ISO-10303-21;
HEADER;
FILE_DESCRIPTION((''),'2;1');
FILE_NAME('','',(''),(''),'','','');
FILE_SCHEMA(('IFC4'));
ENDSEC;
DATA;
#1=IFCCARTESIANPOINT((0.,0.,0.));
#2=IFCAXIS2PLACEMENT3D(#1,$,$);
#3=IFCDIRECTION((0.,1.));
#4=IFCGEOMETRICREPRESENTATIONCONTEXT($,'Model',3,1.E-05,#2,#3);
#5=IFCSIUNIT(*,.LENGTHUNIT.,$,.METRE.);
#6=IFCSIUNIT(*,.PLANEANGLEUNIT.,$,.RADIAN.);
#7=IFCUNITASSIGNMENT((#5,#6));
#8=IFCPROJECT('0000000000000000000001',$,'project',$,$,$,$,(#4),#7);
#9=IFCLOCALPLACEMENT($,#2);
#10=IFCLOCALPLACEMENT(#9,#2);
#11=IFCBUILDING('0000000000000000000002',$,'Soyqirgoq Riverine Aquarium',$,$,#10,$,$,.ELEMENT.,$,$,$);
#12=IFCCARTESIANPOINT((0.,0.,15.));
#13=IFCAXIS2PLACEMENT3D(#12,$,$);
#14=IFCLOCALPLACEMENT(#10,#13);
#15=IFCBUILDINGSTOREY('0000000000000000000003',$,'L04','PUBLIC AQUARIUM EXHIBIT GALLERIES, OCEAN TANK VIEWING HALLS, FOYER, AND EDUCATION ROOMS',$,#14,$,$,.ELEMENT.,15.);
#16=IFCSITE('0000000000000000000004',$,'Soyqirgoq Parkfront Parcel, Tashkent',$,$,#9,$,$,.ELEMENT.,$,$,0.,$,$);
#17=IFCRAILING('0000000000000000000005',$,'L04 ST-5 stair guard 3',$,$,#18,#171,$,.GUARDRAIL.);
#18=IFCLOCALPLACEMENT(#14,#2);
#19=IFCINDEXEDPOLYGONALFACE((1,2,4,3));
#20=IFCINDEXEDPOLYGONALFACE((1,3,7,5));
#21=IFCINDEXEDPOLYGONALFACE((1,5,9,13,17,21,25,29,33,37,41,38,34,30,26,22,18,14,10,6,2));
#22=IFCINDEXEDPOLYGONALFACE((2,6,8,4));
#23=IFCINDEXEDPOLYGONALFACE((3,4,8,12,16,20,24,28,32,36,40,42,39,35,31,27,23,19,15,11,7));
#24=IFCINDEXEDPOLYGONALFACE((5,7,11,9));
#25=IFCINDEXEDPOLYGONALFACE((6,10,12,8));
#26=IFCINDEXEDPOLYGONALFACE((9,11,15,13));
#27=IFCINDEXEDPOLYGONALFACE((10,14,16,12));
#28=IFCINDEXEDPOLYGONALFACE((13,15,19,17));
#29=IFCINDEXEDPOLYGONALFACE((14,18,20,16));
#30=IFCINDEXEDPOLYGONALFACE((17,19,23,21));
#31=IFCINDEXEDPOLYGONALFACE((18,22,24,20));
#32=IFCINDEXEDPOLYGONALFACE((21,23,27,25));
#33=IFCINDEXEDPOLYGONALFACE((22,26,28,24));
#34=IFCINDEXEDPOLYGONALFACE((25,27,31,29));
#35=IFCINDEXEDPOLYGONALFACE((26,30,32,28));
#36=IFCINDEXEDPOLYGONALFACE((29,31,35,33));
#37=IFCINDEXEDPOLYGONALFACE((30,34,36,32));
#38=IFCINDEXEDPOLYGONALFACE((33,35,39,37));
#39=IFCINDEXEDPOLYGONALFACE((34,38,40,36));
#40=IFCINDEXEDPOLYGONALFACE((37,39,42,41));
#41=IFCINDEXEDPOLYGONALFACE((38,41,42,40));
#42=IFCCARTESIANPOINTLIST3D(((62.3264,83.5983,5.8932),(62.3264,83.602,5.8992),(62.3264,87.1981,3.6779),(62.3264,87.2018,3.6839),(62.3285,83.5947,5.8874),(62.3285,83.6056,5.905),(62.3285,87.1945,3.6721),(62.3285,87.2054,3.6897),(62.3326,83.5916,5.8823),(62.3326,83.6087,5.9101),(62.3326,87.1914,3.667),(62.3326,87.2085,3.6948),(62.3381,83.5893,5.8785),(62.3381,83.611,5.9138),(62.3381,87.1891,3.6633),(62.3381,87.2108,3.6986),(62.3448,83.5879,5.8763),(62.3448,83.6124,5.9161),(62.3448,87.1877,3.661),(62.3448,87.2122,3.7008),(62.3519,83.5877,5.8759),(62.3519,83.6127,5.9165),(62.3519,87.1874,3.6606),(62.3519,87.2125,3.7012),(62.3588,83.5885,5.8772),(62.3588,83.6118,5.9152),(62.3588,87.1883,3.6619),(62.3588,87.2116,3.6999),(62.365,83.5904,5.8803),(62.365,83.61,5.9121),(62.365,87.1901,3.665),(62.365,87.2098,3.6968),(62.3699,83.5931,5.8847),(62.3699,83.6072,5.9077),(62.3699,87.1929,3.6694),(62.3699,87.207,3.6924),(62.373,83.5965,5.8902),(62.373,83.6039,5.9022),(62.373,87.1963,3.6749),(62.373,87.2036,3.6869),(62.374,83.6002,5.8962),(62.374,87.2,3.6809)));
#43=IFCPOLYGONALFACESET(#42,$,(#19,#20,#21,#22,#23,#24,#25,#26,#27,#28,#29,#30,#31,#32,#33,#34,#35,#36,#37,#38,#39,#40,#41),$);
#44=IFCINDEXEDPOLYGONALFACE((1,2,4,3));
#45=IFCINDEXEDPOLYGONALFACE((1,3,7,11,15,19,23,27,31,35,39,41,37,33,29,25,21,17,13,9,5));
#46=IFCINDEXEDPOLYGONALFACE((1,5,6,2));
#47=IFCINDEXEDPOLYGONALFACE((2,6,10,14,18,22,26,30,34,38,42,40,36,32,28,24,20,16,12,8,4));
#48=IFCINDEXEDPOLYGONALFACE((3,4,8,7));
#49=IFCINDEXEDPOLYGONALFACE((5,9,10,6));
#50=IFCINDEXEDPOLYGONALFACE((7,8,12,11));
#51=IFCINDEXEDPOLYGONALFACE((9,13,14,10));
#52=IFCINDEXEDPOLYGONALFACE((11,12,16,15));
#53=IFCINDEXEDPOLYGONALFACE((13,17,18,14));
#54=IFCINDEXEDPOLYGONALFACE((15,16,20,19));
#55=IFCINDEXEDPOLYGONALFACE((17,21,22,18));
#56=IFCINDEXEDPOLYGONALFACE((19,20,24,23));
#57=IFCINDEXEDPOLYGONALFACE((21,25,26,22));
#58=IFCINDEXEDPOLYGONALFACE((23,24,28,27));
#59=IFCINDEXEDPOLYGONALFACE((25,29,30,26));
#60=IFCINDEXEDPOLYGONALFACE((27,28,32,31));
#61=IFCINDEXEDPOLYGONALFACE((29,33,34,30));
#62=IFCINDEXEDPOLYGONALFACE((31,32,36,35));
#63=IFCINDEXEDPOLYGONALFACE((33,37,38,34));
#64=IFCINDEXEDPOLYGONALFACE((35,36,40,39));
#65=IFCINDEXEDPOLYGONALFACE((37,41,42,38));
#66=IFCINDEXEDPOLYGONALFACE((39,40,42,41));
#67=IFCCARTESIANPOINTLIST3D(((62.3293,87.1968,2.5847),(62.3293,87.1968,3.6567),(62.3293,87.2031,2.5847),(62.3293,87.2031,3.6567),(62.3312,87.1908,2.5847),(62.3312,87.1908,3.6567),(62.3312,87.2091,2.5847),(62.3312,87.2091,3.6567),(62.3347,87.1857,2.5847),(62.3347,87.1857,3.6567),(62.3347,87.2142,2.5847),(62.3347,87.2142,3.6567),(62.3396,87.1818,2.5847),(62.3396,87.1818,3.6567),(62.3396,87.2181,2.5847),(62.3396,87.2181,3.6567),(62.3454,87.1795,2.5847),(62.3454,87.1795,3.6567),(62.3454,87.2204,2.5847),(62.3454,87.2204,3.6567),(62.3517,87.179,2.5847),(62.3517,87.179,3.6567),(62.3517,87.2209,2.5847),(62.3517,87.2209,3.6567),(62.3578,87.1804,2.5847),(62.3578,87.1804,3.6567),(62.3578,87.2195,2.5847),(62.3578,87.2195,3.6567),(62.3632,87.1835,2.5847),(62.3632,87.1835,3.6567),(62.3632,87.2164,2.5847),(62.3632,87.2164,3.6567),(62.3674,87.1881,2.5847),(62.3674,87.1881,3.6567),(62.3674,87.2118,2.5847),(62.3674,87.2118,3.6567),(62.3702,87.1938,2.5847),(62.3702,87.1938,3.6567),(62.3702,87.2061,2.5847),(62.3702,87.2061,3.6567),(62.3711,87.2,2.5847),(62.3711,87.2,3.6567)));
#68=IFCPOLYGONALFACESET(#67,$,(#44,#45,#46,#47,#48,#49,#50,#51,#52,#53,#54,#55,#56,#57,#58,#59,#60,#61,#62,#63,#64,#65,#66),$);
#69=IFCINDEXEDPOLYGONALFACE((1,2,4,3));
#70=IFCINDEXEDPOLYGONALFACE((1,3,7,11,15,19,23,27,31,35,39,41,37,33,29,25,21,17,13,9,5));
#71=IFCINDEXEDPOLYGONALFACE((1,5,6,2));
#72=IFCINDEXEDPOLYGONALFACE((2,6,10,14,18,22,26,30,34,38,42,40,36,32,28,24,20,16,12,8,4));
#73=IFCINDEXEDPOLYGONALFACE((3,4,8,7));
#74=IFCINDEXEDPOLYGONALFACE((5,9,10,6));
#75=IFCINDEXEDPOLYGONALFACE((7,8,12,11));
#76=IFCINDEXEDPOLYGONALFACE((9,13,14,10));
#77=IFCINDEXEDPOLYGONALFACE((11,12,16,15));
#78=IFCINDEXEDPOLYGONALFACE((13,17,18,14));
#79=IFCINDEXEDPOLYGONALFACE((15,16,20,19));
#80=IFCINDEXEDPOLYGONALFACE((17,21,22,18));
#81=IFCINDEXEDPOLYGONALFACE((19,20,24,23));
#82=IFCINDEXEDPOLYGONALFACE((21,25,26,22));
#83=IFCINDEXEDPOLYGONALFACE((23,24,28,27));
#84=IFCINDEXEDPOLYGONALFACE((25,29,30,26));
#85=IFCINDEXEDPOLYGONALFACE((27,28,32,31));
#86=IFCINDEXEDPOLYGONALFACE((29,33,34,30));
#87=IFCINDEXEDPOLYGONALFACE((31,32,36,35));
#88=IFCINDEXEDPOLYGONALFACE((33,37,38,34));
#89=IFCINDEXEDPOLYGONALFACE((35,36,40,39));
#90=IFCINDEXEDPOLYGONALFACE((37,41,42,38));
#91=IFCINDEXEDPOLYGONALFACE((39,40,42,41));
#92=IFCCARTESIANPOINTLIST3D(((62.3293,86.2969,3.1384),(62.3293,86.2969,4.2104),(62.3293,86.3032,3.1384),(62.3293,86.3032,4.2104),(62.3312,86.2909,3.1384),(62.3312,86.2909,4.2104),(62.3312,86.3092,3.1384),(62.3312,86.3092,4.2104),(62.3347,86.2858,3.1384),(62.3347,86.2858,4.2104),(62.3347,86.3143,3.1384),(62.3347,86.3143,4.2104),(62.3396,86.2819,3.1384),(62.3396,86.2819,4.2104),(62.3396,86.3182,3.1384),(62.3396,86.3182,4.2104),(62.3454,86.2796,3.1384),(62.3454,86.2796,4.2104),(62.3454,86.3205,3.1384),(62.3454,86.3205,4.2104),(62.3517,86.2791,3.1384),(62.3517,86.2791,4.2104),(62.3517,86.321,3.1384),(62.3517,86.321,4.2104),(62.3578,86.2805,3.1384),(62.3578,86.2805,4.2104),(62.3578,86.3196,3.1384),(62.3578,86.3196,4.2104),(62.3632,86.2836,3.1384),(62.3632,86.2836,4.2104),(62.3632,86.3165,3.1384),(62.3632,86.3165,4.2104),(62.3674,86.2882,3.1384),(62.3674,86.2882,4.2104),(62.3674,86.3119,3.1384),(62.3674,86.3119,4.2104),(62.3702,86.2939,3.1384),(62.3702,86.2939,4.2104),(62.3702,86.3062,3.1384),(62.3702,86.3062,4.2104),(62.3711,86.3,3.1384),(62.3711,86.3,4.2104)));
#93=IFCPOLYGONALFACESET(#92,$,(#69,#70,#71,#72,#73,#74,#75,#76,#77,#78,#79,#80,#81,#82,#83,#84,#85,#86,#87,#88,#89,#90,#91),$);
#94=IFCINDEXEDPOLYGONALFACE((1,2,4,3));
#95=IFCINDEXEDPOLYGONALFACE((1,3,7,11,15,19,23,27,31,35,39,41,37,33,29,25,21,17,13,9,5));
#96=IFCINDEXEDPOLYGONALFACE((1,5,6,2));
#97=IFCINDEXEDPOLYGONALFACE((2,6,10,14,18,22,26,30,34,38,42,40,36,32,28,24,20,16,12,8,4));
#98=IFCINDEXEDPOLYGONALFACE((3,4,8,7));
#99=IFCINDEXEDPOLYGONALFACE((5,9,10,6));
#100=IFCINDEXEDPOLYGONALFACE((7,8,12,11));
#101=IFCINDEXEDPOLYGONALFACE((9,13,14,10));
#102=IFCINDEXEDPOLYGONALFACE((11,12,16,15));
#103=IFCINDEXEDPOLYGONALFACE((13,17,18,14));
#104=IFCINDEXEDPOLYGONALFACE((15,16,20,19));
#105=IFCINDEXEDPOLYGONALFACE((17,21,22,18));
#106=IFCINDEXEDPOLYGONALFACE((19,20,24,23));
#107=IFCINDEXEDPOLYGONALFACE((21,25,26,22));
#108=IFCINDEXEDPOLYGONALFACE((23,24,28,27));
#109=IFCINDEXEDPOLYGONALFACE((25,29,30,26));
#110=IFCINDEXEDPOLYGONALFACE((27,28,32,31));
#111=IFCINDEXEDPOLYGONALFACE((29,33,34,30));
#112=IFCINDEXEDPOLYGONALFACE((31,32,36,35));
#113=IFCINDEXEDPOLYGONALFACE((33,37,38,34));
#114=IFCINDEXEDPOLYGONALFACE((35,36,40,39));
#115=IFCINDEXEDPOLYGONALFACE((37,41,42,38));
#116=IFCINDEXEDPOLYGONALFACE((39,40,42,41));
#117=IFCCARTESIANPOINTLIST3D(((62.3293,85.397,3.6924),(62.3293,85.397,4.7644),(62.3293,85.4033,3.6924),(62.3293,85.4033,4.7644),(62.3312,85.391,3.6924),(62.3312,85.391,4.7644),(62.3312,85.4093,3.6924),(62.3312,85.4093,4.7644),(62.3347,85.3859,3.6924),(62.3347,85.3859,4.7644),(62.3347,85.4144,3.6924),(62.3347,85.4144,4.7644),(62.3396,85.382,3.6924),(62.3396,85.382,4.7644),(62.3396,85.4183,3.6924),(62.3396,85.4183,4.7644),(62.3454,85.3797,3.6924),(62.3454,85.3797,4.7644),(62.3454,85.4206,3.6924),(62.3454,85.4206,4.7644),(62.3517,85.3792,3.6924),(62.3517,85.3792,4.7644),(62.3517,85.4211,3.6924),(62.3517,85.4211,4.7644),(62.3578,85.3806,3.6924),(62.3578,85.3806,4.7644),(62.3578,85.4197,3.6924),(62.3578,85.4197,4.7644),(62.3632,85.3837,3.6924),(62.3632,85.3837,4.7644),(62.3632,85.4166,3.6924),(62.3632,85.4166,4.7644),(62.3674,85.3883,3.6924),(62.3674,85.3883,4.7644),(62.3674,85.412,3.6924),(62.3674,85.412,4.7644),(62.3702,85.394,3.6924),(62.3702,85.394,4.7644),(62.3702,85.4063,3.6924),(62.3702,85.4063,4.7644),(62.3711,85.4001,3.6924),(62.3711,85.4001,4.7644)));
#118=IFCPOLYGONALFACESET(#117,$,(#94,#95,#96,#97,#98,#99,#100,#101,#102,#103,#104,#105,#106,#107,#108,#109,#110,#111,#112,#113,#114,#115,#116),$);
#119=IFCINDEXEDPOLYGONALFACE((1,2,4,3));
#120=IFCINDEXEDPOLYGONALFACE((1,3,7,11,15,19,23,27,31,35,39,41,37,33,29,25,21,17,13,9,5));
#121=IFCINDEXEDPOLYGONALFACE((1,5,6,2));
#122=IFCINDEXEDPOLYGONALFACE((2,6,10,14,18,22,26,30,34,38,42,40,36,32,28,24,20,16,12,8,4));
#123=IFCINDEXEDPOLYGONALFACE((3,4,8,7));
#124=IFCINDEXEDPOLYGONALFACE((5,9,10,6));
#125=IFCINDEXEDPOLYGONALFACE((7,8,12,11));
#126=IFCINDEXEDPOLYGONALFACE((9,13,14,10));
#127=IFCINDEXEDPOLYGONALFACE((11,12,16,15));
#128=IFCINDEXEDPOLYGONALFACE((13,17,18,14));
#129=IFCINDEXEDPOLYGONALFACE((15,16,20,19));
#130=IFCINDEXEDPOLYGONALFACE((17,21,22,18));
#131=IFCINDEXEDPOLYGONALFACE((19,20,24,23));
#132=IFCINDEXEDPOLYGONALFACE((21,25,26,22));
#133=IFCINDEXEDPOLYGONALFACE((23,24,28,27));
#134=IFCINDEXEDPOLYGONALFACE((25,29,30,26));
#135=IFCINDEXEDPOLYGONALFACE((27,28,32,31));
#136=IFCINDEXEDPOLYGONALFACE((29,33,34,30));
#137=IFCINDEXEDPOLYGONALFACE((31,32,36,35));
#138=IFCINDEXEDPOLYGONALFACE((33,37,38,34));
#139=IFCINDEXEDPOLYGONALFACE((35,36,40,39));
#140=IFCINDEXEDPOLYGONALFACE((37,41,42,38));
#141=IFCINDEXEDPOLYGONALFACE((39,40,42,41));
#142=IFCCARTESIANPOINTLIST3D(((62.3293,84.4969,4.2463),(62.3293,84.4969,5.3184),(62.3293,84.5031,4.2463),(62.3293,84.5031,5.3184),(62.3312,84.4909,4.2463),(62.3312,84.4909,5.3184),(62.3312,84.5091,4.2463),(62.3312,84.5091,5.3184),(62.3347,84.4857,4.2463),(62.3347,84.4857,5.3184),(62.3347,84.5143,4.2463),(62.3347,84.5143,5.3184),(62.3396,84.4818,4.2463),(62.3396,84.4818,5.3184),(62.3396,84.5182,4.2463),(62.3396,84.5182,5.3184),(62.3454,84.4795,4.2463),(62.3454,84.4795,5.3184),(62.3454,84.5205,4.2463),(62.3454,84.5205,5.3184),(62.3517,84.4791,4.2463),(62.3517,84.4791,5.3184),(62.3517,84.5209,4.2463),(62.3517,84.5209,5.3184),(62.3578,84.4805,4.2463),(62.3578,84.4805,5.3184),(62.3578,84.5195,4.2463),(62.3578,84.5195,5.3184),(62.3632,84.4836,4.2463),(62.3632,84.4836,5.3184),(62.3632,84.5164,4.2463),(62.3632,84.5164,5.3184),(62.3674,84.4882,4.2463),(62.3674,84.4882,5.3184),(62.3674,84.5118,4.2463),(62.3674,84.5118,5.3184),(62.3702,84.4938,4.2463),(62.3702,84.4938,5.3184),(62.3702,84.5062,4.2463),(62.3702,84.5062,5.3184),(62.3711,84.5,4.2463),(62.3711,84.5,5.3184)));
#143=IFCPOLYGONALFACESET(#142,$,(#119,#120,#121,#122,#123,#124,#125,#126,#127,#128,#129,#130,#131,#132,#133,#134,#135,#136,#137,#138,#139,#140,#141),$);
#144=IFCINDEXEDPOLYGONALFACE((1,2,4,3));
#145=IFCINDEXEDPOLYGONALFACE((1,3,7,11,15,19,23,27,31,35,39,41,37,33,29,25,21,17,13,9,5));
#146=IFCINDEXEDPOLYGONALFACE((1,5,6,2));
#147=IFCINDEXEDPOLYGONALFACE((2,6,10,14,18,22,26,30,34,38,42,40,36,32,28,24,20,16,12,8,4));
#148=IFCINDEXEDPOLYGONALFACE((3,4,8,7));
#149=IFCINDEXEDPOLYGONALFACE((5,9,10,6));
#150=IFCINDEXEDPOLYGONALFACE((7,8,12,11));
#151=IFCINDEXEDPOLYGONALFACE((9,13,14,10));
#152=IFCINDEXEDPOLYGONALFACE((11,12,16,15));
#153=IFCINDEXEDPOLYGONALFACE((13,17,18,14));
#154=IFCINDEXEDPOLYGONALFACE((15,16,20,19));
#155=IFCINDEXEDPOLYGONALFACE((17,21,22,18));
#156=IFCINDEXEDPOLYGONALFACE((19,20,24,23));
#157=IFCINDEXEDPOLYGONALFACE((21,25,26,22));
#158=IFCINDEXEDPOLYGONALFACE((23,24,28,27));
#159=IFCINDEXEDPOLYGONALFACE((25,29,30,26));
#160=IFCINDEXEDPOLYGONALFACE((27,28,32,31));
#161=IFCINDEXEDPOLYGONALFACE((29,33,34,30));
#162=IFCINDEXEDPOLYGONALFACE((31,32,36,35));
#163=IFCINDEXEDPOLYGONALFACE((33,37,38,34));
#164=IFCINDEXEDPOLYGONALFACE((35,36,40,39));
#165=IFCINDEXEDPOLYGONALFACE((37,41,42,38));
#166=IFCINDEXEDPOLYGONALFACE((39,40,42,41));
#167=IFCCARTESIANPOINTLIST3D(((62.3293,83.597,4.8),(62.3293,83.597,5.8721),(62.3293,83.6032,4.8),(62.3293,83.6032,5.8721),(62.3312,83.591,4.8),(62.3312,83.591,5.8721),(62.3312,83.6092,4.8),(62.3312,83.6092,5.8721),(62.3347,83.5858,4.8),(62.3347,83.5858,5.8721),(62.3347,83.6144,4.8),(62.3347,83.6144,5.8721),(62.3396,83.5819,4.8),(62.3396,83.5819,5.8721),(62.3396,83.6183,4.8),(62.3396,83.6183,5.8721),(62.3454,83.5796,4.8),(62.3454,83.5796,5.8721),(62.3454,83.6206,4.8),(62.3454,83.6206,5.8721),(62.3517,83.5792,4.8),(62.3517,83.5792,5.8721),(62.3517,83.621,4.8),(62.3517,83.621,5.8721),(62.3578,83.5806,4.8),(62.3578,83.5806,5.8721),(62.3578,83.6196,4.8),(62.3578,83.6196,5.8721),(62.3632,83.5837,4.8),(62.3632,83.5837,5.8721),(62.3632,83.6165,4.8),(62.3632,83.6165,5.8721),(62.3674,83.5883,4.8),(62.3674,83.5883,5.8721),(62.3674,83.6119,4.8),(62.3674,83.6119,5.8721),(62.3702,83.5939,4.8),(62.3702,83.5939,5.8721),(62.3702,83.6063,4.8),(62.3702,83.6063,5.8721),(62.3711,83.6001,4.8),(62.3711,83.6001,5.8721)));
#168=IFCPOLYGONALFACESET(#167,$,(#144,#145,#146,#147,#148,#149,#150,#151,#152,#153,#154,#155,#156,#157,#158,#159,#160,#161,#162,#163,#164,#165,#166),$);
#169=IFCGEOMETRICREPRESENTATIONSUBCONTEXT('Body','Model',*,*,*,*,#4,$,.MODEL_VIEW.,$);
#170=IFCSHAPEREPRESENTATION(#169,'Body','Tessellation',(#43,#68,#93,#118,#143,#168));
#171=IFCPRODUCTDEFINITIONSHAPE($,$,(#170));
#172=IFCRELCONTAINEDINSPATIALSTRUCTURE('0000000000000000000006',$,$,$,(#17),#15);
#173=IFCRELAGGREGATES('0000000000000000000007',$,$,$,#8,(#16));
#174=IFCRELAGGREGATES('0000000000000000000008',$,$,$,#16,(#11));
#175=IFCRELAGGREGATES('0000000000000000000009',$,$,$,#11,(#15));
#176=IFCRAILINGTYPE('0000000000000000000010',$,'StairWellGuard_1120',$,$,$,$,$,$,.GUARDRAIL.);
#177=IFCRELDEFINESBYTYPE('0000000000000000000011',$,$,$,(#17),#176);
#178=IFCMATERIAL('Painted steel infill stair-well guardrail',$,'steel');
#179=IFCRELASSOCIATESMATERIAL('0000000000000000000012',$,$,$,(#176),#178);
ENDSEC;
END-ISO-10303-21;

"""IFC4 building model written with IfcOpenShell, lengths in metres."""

from ifc_helpers import new_model, si_unit, direction, frame, origin, origin_2d, place, context, subcontext, project, spatial, circle, extrude, material, type_object, element, save


model = new_model("IFC4")

# Units and contexts
model_context = context("Model", 3, precision=1e-05, world=origin(), true_north=direction((0.0, 1.0)))
body_context = subcontext(model_context, "Body", "Model", "MODEL_VIEW")
ifc_project = project(units=[si_unit("LENGTHUNIT", "METRE"), si_unit("PLANEANGLEUNIT", "RADIAN")], contexts=[model_context])

# Site, building, storey
site_placement = place(None, origin())
site = spatial("IfcSite", under=ifc_project, at=site_placement, Name="Soyqirgoq Parkfront Parcel, Tashkent", CompositionType="ELEMENT", RefElevation=0.0)
building_placement = place(site_placement, origin())
building = spatial("IfcBuilding", under=site, at=building_placement, Name="Soyqirgoq Riverine Aquarium", CompositionType="ELEMENT")
storey_placement = place(building_placement, frame((0.0, 0.0, 15.0)))
storey = spatial("IfcBuildingStorey", under=building, at=storey_placement, Name="L04", Description="PUBLIC AQUARIUM EXHIBIT GALLERIES, OCEAN TANK VIEWING HALLS, FOYER, AND EDUCATION ROOMS", CompositionType="ELEMENT", Elevation=15.0)

# Railing
ifc_material_1 = material(Name="Painted steel infill stair-well guardrail", Category="steel")
railing_type = type_object("IfcRailingType", Name="StairWellGuard_1120", PredefinedType="GUARDRAIL", material=ifc_material_1)
railing_1_placement = place(storey_placement, frame((62.3501, 87.2, 2.5847)))
element("IfcRailing", 1, at=railing_1_placement, inside=storey, type_object=railing_type, Name="L04 ST-5 stair guard 3", PredefinedType="GUARDRAIL", context=body_context, shape_type="SweptSolid", body=[
    extrude(circle(Radius=0.0239, at=origin_2d()), frame((0.0, 0.0, 1.0962), z_axis=(0.0, -0.851654, 0.524104), x_axis=(1.0, 0.0, 0.0)), (0.0, 0.0, 1.0), 4.2268),
    extrude(circle(Radius=0.021, at=origin_2d()), origin(), (0.0, 0.0, 1.0), 1.072),
    extrude(circle(Radius=0.021, at=origin_2d()), frame((0.0, -0.8999, 0.5537)), (0.0, 0.0, 1.0), 1.072),
    extrude(circle(Radius=0.021, at=origin_2d()), frame((0.0, -1.7998, 1.1077)), (0.0, 0.0, 1.0), 1.072),
    extrude(circle(Radius=0.021, at=origin_2d()), frame((0.0, -2.7, 1.6616)), (0.0, 0.0, 1.0), 1.072),
    extrude(circle(Radius=0.021, at=origin_2d()), frame((0.0, -3.5999, 2.2153)), (0.0, 0.0, 1.0), 1.072),
])

save(model, "model.ifc")
